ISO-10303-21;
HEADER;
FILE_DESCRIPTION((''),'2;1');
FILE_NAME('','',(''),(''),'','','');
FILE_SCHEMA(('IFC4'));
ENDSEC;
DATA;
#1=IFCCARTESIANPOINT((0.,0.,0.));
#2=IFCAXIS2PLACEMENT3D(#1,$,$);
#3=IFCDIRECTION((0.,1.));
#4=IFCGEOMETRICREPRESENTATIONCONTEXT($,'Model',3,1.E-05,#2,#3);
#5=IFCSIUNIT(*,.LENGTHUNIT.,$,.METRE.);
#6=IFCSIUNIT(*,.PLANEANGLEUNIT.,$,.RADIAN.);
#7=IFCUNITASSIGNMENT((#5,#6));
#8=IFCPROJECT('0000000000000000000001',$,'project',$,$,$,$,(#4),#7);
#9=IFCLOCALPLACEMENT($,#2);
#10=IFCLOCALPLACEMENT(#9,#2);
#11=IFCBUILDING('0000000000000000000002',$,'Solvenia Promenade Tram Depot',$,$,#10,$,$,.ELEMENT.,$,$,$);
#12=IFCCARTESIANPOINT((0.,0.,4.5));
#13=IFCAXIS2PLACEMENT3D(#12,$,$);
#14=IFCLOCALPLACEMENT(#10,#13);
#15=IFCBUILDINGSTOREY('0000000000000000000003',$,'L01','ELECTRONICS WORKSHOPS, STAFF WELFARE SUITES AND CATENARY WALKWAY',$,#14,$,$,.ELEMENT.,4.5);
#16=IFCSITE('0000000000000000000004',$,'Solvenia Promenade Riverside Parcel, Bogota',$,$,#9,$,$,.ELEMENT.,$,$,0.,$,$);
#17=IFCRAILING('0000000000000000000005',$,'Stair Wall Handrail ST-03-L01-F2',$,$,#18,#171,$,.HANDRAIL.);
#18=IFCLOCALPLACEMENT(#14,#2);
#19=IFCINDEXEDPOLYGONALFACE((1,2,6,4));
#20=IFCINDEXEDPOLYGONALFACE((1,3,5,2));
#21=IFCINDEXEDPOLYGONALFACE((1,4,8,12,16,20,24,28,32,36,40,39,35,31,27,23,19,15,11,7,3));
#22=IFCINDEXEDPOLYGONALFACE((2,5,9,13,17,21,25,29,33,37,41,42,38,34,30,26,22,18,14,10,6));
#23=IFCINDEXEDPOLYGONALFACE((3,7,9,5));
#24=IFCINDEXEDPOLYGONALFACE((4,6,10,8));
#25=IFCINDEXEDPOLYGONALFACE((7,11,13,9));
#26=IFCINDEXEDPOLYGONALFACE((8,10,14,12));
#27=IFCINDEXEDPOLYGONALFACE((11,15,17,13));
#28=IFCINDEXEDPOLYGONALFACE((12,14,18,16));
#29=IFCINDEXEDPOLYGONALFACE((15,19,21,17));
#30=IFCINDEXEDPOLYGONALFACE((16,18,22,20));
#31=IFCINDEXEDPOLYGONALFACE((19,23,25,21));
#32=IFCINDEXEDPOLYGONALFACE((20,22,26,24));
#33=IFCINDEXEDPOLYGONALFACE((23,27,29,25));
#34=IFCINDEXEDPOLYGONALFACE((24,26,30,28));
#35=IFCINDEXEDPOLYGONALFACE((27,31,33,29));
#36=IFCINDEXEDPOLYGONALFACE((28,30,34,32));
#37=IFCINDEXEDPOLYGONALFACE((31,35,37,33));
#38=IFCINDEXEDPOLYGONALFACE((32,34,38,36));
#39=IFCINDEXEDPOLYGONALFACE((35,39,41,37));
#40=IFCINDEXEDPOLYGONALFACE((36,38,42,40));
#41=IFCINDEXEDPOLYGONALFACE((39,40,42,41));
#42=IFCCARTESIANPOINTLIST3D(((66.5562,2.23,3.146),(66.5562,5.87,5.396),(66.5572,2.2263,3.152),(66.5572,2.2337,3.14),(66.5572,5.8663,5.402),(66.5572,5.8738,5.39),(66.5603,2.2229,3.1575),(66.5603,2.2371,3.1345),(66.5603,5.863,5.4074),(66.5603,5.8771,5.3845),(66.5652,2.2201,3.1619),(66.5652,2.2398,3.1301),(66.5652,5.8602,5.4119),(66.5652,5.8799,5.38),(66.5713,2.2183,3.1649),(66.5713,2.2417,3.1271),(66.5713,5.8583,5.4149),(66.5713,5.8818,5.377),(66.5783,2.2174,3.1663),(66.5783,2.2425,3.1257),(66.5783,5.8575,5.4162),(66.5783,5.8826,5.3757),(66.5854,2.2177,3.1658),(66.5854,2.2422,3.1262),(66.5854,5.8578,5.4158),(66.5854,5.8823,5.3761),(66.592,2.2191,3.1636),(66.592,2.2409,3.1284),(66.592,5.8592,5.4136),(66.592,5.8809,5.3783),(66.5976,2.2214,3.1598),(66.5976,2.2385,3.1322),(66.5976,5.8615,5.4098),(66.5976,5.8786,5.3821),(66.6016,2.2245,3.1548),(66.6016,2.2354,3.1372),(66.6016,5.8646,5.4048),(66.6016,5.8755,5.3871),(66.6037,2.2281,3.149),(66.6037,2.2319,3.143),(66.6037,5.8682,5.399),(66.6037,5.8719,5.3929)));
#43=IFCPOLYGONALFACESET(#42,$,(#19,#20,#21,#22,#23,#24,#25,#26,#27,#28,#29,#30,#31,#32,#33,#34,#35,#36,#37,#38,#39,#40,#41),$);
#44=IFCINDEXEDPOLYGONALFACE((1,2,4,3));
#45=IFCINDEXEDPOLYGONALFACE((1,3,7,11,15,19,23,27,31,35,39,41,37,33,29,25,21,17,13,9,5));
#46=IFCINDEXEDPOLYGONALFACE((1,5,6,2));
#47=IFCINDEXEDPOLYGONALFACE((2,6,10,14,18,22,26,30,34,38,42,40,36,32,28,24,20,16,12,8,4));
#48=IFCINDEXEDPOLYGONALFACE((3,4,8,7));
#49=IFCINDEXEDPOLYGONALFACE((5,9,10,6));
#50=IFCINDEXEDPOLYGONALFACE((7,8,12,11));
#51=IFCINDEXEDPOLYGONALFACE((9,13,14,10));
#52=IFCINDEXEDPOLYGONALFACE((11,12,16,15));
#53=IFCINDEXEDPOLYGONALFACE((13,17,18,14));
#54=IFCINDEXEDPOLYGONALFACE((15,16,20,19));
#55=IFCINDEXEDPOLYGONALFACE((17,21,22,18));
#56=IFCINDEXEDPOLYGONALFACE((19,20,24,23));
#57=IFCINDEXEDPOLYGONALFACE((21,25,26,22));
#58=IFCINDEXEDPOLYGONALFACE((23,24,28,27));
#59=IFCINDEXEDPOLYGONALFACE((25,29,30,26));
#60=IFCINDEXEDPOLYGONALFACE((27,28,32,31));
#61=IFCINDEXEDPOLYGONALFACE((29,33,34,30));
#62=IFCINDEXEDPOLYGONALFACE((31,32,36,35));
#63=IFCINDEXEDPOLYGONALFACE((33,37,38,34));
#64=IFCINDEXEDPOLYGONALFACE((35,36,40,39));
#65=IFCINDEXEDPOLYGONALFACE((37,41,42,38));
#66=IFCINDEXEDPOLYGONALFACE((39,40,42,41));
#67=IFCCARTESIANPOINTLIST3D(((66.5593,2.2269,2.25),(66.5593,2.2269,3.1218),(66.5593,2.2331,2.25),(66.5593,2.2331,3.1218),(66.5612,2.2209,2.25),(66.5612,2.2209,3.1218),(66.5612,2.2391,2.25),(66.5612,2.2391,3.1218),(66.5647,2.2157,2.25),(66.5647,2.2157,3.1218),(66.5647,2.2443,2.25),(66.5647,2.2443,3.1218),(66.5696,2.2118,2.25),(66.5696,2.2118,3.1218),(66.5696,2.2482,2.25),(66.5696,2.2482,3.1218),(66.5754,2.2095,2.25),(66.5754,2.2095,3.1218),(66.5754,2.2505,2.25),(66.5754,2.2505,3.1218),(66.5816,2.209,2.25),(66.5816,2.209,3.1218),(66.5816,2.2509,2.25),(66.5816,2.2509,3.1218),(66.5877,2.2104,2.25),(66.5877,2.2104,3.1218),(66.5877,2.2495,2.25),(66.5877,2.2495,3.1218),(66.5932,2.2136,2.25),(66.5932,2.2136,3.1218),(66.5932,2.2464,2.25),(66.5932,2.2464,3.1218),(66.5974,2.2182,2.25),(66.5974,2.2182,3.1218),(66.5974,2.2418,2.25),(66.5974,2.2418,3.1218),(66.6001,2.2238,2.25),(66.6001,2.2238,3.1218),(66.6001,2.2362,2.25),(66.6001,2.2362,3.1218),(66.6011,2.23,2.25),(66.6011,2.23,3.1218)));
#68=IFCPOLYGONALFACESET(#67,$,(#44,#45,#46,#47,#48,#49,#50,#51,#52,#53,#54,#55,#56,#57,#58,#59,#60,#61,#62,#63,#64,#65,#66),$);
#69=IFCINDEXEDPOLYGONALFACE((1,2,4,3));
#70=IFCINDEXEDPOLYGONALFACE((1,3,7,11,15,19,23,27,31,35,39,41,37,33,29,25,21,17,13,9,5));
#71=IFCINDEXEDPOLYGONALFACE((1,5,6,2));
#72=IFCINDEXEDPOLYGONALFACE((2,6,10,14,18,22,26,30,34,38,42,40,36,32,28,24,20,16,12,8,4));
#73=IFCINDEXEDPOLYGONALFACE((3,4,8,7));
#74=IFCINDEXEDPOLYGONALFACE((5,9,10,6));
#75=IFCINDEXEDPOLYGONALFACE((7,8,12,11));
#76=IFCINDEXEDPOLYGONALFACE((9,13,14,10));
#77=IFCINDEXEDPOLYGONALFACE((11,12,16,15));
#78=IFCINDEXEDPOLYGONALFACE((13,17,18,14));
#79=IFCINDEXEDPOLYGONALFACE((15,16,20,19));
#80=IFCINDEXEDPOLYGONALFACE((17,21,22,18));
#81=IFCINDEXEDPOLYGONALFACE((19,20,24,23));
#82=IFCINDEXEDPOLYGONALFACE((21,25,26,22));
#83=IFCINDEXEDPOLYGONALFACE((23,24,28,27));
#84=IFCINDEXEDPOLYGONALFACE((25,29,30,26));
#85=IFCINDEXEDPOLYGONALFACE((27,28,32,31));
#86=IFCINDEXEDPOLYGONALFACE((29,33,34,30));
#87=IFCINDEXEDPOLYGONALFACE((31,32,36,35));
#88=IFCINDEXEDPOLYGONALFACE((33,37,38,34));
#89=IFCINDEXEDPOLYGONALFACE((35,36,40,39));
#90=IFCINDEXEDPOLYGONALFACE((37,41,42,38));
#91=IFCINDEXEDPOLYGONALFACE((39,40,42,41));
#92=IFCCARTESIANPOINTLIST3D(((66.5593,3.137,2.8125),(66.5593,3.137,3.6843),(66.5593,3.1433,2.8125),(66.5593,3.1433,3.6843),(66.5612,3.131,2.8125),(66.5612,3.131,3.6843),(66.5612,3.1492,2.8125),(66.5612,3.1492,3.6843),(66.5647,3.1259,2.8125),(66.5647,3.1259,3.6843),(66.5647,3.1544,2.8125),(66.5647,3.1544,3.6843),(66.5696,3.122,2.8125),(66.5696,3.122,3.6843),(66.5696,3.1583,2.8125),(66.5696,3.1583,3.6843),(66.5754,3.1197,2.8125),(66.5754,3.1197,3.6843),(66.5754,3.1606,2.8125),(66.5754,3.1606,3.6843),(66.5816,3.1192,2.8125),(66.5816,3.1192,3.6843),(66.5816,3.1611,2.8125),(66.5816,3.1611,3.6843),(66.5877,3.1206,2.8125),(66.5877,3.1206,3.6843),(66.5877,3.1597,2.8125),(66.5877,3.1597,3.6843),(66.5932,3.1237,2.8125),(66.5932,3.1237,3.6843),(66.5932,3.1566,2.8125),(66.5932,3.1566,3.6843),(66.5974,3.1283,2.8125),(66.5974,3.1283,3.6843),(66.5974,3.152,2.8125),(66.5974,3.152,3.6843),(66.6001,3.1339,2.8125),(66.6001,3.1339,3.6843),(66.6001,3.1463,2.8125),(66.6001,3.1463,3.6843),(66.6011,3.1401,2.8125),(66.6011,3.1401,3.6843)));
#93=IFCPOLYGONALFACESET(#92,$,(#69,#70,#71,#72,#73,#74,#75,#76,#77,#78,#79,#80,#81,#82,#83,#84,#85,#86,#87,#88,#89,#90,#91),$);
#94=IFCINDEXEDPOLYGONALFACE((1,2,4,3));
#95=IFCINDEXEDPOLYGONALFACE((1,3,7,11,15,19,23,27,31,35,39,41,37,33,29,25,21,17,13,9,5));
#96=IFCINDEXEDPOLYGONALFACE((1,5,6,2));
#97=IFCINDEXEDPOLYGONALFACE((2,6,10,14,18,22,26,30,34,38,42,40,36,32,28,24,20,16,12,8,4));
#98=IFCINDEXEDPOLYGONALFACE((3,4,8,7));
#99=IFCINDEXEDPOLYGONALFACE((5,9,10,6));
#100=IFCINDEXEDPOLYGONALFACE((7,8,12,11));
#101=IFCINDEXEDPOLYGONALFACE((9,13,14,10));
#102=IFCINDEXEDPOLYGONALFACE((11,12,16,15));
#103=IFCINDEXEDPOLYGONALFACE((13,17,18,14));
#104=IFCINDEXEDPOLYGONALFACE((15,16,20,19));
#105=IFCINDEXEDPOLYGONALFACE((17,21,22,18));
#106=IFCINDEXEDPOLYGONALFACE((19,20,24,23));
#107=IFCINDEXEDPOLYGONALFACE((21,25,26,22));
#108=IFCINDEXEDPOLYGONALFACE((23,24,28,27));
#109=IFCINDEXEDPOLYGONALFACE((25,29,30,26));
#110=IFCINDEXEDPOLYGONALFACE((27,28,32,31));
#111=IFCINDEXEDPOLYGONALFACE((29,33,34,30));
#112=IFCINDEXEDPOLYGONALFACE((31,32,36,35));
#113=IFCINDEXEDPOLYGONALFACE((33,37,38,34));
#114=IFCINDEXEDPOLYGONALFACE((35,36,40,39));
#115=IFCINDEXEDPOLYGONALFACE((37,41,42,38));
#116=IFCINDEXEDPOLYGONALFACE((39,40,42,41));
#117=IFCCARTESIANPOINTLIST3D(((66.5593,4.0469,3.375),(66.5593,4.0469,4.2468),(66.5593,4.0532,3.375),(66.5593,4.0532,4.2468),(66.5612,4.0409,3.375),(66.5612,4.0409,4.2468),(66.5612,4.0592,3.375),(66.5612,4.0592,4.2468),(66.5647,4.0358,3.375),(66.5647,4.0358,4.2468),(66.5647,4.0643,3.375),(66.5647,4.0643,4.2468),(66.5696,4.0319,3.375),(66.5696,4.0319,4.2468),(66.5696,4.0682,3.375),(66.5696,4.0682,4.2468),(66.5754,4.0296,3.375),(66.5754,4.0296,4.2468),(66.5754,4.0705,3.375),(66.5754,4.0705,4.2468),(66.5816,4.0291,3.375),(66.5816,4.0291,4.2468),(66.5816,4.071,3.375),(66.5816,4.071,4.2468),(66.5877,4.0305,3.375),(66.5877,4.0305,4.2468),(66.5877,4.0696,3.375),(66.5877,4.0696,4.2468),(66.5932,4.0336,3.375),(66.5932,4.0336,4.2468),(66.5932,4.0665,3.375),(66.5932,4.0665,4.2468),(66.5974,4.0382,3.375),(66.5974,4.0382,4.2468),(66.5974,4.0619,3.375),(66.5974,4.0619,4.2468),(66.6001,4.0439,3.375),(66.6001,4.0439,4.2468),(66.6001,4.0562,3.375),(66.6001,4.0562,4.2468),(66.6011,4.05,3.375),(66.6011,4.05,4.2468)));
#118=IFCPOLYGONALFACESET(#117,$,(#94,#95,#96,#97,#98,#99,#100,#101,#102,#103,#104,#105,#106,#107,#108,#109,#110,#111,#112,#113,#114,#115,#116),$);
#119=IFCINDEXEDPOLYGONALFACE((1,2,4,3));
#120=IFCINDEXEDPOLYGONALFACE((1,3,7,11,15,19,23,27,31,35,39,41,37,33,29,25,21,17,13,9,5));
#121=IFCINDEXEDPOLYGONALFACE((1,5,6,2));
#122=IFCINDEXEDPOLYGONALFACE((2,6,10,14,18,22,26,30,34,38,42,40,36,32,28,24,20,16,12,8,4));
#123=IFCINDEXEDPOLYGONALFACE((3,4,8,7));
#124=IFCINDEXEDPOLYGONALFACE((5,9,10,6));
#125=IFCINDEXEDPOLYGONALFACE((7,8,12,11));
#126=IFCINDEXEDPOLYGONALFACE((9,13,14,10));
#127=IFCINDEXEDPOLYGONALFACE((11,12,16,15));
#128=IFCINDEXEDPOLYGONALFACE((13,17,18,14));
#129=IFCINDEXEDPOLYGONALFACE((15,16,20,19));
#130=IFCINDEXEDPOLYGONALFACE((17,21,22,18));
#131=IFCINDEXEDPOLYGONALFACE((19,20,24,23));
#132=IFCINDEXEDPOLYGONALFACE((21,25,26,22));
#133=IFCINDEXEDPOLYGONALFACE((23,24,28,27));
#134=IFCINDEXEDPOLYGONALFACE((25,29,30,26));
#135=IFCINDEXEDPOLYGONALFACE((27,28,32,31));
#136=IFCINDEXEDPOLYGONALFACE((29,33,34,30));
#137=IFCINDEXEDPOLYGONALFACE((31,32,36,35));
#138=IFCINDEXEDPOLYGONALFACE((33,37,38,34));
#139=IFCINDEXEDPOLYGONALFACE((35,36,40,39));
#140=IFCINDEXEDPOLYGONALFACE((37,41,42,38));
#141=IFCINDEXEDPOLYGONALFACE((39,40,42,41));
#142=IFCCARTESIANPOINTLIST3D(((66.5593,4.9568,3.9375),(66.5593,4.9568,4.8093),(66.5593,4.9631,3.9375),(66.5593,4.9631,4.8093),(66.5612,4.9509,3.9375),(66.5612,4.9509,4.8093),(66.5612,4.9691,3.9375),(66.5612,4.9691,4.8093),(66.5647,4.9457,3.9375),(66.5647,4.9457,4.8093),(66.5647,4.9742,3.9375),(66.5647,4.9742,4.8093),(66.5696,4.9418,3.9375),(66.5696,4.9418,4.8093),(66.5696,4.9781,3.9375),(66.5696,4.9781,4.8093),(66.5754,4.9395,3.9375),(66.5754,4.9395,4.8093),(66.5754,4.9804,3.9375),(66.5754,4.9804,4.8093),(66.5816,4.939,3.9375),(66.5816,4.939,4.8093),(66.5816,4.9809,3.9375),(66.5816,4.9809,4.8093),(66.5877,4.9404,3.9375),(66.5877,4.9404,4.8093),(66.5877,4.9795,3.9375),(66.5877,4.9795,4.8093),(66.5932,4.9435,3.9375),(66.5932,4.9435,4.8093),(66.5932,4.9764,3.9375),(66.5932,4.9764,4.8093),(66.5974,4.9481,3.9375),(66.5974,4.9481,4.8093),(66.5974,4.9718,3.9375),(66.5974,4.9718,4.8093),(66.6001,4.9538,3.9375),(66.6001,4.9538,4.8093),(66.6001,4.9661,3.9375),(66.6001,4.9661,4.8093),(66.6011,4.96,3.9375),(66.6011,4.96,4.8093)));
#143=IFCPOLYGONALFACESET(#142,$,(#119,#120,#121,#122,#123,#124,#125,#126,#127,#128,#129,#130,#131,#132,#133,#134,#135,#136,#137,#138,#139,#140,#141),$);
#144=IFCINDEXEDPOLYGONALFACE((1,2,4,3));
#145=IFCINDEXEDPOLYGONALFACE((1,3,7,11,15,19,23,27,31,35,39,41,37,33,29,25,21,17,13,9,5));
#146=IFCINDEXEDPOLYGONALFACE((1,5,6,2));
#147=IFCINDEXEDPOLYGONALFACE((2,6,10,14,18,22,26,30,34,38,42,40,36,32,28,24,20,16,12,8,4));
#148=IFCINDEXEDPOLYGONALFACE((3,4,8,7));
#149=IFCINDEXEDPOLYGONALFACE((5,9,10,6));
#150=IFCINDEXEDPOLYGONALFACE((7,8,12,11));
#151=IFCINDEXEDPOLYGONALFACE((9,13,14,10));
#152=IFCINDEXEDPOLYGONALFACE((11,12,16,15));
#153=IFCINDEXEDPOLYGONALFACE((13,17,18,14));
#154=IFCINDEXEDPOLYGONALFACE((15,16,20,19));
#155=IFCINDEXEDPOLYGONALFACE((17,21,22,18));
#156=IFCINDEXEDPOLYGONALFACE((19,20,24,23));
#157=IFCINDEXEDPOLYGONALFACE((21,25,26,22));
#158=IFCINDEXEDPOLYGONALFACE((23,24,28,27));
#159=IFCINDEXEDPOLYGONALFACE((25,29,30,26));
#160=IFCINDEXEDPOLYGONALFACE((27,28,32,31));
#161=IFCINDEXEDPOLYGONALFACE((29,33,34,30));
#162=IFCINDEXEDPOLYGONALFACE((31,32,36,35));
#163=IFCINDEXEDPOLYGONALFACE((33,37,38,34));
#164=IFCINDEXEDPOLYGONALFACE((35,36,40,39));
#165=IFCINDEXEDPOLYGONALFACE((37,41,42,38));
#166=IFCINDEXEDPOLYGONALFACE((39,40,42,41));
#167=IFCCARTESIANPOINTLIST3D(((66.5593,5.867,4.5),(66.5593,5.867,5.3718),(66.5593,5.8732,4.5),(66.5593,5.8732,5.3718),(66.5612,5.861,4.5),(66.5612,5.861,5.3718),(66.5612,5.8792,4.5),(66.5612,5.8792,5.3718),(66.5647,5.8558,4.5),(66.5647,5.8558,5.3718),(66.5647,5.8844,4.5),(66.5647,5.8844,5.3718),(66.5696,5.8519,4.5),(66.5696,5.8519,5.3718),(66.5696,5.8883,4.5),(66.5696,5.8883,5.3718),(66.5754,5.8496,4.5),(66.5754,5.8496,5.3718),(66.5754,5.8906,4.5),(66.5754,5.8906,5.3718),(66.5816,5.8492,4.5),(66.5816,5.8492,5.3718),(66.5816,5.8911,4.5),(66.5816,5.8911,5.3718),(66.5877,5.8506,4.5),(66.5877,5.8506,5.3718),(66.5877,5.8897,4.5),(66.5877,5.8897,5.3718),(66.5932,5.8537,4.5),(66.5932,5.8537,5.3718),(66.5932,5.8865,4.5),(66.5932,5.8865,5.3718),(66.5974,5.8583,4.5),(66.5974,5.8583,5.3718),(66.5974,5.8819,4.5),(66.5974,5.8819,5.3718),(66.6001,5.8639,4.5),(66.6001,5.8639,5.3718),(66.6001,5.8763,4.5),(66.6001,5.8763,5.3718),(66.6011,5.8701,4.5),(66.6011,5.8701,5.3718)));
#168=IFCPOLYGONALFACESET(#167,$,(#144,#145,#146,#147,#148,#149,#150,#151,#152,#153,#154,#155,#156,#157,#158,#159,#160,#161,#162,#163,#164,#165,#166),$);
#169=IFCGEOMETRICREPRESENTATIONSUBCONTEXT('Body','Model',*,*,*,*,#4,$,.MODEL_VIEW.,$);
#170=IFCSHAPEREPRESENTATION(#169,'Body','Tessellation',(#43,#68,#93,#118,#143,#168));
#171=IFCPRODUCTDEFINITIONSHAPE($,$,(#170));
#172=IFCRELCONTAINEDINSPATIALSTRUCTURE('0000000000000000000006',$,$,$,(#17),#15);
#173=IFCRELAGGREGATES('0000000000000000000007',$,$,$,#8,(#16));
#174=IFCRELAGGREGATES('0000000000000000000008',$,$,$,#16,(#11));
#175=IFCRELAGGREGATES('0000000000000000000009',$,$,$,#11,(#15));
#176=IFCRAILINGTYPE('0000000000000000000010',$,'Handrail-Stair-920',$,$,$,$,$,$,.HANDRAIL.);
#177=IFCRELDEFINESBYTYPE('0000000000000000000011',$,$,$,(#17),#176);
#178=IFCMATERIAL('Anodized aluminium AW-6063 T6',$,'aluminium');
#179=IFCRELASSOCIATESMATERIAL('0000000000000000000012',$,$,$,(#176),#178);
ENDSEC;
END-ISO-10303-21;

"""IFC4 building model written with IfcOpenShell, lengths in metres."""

from ifc_helpers import new_model, si_unit, direction, frame, origin, origin_2d, place, context, subcontext, project, spatial, circle, extrude, material, type_object, element, save


model = new_model("IFC4")

# Units and contexts
model_context = context("Model", 3, precision=1e-05, world=origin(), true_north=direction((0.0, 1.0)))
body_context = subcontext(model_context, "Body", "Model", "MODEL_VIEW")
ifc_project = project(units=[si_unit("LENGTHUNIT", "METRE"), si_unit("PLANEANGLEUNIT", "RADIAN")], contexts=[model_context])

# Site, building, storey
site_placement = place(None, origin())
site = spatial("IfcSite", under=ifc_project, at=site_placement, Name="Solvenia Promenade Riverside Parcel, Bogota", CompositionType="ELEMENT", RefElevation=0.0)
building_placement = place(site_placement, origin())
building = spatial("IfcBuilding", under=site, at=building_placement, Name="Solvenia Promenade Tram Depot", CompositionType="ELEMENT")
storey_placement = place(building_placement, frame((0.0, 0.0, 4.5)))
storey = spatial("IfcBuildingStorey", under=building, at=storey_placement, Name="L01", Description="ELECTRONICS WORKSHOPS, STAFF WELFARE SUITES AND CATENARY WALKWAY", CompositionType="ELEMENT", Elevation=4.5)

# Shared definitions
ifc_material_1 = material(Name="Anodized aluminium AW-6063 T6", Category="aluminium")

# Railing
railing_type_1 = type_object("IfcRailingType", Name="Handrail-Stair-920", PredefinedType="HANDRAIL", material=ifc_material_1)
railing_1_placement = place(storey_placement, frame((66.5801, 2.23, 2.25)))
element("IfcRailing", 1, at=railing_1_placement, inside=storey, type_object=railing_type_1, Name="Stair Wall Handrail ST-03-L01-F2", PredefinedType="HANDRAIL", context=body_context, shape_type="SweptSolid", body=[
    extrude(circle(Radius=0.0239, at=origin_2d()), frame((0.0, 0.0, 0.896), z_axis=(0.0, 0.850622, 0.525777), x_axis=(-1.0, 0.0, 0.0)), (0.0, 0.0, 1.0), 4.2793),
    extrude(circle(Radius=0.021, at=origin_2d()), origin(), (0.0, 0.0, 1.0), 0.8718),
    extrude(circle(Radius=0.021, at=origin_2d()), frame((0.0, 0.9102, 0.5625)), (0.0, 0.0, 1.0), 0.8718),
    extrude(circle(Radius=0.021, at=origin_2d()), frame((0.0, 1.8201, 1.125)), (0.0, 0.0, 1.0), 0.8718),
    extrude(circle(Radius=0.021, at=origin_2d()), frame((0.0, 2.73, 1.6875)), (0.0, 0.0, 1.0), 0.8718),
    extrude(circle(Radius=0.021, at=origin_2d()), frame((0.0, 3.6401, 2.25)), (0.0, 0.0, 1.0), 0.8718),
])

save(model, "model.ifc")
